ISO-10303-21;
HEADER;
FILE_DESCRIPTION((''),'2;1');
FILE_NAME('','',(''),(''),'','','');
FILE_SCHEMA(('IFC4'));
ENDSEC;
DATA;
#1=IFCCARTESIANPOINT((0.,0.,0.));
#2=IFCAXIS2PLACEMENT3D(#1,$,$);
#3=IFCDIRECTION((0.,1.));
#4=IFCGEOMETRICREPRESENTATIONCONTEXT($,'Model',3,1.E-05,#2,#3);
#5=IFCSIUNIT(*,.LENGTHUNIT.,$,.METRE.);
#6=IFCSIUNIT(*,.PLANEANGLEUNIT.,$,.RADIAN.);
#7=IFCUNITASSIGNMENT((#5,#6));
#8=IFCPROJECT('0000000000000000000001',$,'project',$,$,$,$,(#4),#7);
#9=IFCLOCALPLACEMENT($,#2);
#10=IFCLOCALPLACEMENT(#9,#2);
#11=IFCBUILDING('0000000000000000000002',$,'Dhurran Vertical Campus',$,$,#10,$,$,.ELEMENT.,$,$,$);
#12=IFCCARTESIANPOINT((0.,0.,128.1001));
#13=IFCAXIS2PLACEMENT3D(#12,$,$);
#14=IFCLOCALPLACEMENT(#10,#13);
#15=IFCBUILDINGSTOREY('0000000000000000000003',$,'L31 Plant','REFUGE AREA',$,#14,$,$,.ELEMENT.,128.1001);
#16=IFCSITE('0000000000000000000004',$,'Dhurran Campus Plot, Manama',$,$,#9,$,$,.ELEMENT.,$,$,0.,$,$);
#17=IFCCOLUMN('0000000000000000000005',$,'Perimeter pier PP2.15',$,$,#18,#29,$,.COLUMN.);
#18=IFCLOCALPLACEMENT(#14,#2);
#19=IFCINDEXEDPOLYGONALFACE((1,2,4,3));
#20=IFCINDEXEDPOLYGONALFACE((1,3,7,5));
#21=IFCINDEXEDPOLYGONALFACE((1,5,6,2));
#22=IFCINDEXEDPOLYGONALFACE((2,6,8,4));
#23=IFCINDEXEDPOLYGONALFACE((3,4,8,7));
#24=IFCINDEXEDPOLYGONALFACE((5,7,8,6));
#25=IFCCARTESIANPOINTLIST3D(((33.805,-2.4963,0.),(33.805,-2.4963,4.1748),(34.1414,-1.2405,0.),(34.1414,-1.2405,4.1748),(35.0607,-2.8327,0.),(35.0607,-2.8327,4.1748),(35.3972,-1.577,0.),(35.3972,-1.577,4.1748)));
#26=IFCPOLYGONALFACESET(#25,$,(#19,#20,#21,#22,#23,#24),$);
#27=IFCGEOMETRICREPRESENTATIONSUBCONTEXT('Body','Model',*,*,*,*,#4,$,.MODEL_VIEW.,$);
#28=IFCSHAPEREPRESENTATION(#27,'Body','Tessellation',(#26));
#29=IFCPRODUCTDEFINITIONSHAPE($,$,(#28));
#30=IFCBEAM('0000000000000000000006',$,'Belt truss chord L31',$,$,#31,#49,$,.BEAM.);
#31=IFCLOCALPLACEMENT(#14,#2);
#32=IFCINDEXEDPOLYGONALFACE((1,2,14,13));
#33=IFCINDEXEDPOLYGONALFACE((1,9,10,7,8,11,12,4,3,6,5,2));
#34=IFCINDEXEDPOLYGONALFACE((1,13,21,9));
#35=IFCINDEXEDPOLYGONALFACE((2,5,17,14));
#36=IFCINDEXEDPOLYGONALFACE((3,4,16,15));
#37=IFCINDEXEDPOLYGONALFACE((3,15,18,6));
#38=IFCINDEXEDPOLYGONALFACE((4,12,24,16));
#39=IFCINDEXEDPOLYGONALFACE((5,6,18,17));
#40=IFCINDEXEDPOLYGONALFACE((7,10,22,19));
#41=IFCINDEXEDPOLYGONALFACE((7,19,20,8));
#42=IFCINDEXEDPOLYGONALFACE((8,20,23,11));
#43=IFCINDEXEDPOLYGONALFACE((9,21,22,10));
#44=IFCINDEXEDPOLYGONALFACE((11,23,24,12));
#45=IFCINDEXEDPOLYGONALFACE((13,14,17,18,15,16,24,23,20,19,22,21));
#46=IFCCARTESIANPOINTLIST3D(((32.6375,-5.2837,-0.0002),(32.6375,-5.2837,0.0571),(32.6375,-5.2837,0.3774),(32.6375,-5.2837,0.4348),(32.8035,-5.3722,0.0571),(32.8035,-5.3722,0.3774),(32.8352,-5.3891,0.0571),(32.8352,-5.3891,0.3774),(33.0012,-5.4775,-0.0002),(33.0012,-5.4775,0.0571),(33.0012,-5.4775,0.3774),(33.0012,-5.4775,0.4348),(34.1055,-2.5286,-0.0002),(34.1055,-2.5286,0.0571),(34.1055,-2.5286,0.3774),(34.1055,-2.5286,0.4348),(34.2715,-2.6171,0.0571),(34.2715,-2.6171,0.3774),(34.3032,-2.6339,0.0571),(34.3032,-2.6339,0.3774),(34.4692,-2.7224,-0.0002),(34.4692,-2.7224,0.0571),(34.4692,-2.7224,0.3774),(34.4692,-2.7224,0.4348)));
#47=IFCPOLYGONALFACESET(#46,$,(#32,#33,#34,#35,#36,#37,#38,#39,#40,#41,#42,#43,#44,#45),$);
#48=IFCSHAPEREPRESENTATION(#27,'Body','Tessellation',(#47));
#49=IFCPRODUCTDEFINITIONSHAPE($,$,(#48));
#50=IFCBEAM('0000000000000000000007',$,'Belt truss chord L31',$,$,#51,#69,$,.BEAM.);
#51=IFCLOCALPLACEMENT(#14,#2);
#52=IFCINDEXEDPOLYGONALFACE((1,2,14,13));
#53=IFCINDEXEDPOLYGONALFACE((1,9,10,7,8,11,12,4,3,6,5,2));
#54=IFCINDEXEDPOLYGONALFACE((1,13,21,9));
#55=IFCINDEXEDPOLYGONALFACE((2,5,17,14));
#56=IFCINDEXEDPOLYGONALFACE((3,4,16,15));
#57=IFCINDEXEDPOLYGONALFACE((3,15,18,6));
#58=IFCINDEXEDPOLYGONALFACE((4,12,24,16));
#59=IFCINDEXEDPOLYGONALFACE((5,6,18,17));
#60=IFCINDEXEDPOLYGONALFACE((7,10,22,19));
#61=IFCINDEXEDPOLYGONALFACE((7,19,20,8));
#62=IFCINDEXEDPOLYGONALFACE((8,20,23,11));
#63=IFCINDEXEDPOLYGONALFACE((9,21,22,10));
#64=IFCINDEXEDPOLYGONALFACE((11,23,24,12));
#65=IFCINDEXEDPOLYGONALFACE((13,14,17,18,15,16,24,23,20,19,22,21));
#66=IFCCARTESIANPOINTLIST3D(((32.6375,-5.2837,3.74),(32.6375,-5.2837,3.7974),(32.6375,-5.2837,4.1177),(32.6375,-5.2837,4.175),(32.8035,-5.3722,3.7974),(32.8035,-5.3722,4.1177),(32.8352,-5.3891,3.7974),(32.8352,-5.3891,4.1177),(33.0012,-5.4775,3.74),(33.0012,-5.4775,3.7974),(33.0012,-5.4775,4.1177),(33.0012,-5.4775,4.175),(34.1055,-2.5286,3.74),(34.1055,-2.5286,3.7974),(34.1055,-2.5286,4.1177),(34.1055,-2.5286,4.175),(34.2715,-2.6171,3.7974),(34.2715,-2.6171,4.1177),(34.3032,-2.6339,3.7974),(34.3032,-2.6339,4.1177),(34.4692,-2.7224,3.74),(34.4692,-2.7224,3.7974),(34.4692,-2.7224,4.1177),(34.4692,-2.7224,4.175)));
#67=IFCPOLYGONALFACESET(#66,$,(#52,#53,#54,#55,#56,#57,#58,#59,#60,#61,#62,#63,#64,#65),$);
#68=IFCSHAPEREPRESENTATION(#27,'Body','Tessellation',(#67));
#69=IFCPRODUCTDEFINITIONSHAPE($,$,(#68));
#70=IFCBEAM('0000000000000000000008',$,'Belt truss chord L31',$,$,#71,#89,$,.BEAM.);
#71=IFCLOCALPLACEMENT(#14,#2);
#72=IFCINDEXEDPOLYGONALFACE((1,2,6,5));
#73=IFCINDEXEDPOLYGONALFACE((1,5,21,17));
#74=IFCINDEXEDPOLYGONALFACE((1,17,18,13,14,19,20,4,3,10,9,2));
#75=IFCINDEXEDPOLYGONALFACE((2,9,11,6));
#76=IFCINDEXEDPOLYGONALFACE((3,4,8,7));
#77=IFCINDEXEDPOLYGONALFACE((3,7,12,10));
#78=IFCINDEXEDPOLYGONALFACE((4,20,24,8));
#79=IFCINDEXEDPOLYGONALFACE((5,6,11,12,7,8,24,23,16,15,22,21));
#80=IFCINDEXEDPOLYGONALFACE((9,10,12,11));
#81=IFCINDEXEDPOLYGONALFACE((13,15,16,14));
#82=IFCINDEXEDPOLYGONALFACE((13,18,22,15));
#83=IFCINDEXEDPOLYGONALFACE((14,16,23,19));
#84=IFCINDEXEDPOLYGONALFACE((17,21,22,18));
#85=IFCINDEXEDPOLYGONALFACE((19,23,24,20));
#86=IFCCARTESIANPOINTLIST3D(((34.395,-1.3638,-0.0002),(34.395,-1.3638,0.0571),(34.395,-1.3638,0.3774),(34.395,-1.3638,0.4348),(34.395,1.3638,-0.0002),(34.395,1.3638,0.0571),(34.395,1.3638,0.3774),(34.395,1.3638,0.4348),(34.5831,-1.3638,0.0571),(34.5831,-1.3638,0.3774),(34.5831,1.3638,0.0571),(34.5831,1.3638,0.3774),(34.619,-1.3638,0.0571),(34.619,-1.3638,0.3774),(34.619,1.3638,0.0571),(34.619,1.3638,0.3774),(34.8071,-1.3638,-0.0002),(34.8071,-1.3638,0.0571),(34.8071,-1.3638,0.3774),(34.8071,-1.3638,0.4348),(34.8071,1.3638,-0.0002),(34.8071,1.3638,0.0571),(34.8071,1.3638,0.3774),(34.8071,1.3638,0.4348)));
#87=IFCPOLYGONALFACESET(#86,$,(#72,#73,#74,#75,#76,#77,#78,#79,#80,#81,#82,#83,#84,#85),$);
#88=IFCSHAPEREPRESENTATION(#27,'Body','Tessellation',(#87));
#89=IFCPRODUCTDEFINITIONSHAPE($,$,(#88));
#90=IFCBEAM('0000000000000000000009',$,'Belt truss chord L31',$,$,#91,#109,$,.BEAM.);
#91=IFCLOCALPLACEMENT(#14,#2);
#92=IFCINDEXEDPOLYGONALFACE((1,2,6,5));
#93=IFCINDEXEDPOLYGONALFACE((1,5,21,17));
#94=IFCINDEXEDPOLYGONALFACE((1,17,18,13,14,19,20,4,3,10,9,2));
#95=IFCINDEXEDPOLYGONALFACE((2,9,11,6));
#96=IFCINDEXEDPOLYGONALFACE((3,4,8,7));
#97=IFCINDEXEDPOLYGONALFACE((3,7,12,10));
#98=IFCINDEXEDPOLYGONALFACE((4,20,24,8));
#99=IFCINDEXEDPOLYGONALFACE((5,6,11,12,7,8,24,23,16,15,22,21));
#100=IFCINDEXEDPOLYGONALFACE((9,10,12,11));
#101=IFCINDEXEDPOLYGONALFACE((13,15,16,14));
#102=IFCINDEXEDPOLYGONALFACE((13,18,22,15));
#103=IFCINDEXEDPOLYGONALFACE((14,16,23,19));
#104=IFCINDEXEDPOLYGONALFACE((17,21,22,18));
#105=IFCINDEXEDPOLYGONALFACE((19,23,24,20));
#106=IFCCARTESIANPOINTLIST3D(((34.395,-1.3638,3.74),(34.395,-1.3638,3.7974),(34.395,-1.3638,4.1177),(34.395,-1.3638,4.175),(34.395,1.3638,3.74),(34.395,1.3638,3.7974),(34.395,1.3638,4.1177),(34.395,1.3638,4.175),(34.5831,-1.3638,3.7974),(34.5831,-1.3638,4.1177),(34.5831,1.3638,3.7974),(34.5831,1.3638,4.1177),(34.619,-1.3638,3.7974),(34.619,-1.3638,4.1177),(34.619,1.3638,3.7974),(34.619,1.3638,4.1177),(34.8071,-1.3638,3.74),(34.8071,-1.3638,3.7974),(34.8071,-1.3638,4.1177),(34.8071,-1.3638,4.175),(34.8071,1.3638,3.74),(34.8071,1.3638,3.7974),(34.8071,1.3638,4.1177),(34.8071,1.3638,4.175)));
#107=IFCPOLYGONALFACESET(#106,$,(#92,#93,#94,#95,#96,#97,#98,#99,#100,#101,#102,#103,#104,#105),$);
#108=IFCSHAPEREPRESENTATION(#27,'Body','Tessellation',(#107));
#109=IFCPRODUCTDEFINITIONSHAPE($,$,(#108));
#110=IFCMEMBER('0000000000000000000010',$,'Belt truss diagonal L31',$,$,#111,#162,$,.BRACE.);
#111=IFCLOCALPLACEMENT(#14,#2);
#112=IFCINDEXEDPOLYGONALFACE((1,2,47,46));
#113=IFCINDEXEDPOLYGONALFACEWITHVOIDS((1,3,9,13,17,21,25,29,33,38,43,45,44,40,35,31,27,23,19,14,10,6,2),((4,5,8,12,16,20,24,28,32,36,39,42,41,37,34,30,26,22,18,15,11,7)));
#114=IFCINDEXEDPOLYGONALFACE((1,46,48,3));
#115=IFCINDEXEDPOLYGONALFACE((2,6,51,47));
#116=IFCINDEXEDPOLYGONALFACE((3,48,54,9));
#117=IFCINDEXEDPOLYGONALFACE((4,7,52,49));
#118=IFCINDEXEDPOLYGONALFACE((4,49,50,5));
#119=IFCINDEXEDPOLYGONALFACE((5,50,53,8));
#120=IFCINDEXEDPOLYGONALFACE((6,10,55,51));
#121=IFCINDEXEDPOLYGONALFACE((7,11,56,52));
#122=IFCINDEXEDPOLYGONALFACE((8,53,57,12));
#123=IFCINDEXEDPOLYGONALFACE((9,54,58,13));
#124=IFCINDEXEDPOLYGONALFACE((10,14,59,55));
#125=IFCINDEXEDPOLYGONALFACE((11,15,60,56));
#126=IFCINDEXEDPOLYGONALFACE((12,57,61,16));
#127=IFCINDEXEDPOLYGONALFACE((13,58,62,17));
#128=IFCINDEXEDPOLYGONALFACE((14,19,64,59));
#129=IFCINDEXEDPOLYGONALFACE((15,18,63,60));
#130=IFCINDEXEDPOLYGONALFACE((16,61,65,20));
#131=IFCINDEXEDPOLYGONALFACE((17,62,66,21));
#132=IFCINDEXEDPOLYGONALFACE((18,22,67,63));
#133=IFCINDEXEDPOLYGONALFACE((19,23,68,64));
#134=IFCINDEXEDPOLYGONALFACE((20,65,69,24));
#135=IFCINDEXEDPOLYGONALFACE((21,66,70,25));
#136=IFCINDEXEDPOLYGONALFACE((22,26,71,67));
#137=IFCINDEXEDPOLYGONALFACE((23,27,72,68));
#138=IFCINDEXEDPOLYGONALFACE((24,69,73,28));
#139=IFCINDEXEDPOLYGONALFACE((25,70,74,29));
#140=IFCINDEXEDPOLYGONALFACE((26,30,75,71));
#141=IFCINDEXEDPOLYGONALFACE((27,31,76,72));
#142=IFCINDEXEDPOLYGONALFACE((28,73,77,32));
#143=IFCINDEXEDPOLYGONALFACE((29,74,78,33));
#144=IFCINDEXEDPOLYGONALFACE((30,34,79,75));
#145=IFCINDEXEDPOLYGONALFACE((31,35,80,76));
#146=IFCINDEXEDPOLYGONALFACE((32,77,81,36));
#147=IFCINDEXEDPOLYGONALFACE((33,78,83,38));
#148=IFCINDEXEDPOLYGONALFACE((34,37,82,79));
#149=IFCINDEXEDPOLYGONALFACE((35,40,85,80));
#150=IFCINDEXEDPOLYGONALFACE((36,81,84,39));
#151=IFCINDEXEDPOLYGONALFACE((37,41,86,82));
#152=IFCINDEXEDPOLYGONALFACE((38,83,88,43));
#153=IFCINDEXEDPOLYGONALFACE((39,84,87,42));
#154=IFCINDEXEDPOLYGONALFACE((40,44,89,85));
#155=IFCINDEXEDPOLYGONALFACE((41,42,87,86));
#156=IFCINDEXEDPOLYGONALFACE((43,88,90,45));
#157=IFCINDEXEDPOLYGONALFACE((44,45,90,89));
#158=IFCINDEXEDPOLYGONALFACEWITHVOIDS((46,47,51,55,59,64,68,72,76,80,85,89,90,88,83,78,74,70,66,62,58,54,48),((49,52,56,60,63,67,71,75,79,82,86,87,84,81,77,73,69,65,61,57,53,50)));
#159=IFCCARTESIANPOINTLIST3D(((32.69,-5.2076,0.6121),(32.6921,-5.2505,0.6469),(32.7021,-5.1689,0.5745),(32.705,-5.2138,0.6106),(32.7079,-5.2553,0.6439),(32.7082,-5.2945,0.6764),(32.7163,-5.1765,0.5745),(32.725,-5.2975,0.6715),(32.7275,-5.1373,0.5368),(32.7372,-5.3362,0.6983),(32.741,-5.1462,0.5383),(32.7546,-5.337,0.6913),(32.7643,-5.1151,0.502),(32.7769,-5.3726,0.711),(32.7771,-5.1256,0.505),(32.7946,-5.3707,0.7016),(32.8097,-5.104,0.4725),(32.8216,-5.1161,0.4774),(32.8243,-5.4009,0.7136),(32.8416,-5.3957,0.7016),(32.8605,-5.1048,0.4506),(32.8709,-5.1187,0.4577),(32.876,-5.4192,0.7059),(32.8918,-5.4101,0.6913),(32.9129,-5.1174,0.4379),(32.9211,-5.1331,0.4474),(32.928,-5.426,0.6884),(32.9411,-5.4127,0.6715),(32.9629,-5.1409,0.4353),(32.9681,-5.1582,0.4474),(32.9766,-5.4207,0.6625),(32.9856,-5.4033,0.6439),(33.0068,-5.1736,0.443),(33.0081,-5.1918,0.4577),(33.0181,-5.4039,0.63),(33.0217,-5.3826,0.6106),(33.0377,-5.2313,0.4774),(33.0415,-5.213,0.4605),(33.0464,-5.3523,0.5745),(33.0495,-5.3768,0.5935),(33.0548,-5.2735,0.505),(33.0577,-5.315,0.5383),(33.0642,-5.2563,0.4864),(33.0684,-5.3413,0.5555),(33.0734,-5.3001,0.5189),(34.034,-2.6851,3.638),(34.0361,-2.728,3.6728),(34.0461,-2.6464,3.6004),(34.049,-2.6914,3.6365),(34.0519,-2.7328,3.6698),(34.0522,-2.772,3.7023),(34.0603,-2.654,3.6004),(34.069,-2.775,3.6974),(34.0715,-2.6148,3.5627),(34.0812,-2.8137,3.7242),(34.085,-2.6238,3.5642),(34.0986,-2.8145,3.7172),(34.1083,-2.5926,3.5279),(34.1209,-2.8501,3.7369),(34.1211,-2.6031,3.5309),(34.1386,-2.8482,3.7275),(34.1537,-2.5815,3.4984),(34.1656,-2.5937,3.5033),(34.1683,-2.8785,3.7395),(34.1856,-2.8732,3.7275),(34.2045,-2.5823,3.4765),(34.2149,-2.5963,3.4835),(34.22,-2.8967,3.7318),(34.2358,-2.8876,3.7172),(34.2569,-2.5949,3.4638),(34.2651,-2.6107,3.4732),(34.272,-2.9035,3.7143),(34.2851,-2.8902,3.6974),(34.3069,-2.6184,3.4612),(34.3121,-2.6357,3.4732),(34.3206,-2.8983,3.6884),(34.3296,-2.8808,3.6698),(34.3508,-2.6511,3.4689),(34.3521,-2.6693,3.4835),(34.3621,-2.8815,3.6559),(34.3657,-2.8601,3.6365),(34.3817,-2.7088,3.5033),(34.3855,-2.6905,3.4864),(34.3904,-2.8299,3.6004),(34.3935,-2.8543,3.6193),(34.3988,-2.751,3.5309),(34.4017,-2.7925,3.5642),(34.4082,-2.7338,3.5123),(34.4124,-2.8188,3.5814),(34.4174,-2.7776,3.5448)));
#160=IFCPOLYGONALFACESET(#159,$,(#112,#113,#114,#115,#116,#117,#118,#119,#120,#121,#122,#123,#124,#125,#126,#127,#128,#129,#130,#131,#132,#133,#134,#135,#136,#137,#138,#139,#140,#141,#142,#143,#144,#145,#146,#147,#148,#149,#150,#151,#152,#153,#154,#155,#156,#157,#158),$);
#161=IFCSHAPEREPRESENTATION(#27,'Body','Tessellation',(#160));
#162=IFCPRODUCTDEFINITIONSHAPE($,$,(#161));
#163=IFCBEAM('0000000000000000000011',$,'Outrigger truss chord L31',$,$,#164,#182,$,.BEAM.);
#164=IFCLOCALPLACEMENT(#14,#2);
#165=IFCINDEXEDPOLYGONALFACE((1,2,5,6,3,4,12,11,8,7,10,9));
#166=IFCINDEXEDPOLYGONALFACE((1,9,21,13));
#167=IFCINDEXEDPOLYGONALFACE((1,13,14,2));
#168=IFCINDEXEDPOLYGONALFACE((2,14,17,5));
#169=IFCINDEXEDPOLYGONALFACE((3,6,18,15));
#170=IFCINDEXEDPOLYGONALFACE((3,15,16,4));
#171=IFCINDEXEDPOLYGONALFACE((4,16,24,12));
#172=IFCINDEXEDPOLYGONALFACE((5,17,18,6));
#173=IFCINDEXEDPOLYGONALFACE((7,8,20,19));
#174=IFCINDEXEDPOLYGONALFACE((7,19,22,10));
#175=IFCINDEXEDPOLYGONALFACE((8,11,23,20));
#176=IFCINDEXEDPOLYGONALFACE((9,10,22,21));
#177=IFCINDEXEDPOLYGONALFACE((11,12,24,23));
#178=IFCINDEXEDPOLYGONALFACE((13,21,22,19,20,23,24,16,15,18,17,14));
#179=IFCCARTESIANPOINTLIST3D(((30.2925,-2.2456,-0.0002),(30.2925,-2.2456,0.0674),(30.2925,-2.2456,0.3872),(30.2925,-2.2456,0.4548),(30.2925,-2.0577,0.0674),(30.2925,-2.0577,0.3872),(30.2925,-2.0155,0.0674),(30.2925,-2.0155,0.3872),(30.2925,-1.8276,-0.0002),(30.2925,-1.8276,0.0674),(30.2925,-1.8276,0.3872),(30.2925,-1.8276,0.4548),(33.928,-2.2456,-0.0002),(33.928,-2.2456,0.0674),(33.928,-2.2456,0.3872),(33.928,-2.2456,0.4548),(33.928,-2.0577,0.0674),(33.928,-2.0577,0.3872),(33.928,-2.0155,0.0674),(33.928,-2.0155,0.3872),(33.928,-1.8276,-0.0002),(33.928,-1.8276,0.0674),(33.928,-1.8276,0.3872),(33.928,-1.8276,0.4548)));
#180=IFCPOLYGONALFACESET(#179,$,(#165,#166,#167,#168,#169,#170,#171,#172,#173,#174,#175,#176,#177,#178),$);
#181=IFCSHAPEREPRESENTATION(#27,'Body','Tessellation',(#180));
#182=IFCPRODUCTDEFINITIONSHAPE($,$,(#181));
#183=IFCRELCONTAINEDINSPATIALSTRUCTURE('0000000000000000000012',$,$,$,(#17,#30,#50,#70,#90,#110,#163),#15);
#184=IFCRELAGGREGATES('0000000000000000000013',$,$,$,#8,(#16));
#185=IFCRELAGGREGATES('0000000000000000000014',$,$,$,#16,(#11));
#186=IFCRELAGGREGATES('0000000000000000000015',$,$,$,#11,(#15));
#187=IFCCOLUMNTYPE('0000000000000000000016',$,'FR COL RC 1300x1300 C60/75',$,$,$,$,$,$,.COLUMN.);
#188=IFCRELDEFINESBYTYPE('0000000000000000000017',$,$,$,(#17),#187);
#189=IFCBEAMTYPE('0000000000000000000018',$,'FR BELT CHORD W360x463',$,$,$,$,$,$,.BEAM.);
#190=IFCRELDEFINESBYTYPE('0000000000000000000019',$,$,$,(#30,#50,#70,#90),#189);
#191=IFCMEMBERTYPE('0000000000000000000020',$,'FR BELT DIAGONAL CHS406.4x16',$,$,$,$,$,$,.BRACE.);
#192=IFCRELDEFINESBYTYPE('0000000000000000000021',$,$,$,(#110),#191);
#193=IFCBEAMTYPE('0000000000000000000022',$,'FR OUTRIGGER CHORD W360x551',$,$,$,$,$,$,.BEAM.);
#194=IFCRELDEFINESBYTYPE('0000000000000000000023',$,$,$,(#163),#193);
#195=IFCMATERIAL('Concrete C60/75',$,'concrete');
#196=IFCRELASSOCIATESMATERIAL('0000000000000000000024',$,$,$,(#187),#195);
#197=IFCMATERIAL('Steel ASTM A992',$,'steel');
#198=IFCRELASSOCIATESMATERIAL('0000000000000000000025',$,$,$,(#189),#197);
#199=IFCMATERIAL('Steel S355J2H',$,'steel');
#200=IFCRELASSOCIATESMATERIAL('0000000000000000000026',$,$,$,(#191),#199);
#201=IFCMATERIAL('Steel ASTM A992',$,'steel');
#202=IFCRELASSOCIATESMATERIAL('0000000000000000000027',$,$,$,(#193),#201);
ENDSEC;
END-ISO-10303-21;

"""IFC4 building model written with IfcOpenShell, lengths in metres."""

from ifc_helpers import new_model, si_unit, direction, frame, origin, origin_2d, place, context, subcontext, project, spatial, rectangle, hollow_circle, i_section, extrude, material, material_profile, profile_set, type_object, element, save


model = new_model("IFC4")

# Units and contexts
model_context = context("Model", 3, precision=1e-05, world=origin(), true_north=direction((0.0, 1.0)))
body_context = subcontext(model_context, "Body", "Model", "MODEL_VIEW")
ifc_project = project(units=[si_unit("LENGTHUNIT", "METRE"), si_unit("PLANEANGLEUNIT", "RADIAN")], contexts=[model_context])

# Site, building, storey
site_placement = place(None, origin())
site = spatial("IfcSite", under=ifc_project, at=site_placement, Name="Dhurran Campus Plot, Manama", CompositionType="ELEMENT", RefElevation=0.0)
building_placement = place(site_placement, origin())
building = spatial("IfcBuilding", under=site, at=building_placement, Name="Dhurran Vertical Campus", CompositionType="ELEMENT")
storey_placement = place(building_placement, frame((0.0, 0.0, 128.1001)))
storey = spatial("IfcBuildingStorey", under=building, at=storey_placement, Name="L31 Plant", Description="REFUGE AREA", CompositionType="ELEMENT", Elevation=128.1001)

# Column
ifc_material_1 = material(Name="Concrete C60/75", Category="concrete")
ifc_material_profile_1 = material_profile(ifc_material_1, rectangle(XDim=1.3, YDim=1.3, at=origin_2d()), Name="RC 1300x1300")
ifc_profile_set_1 = profile_set([ifc_material_profile_1], Name="Concrete C60/75")
column_type = type_object("IfcColumnType", Name="FR COL RC 1300x1300 C60/75", PredefinedType="COLUMN", material=ifc_profile_set_1)
column_placement = place(storey_placement, frame((34.6011, -2.0366, 0.0), z_axis=(0.0, 0.0, 1.0), x_axis=(0.258819, 0.965926, 0.0)))
element("IfcColumn", 1, at=column_placement, inside=storey, type_object=column_type, Name="Perimeter pier PP2.15", PredefinedType="COLUMN", context=body_context, shape_type="SweptSolid", body=[
    extrude(rectangle(XDim=1.3, YDim=1.3, at=origin_2d()), origin(), (0.0, 0.0, 1.0), 4.1748),
])

# Beams
ifc_material_2 = material(Name="Steel ASTM A992", Category="steel")
ifc_material_profile_2 = material_profile(ifc_material_2, i_section(OverallWidth=0.4121, OverallDepth=0.4351, WebThickness=0.0359, FlangeThickness=0.0574, at=origin_2d()), Name="W360x463")
ifc_profile_set_2 = profile_set([ifc_material_profile_2], Name="Steel ASTM A992")
beam_type_1 = type_object("IfcBeamType", Name="FR BELT CHORD W360x463", PredefinedType="BEAM", material=ifc_profile_set_2)
for number, where, z_axis, x_axis, name in (
    (2, (32.8193, -5.3806, 0.2173), (0.470243, 0.882537, 0.0), (-0.882537, 0.470243, 0.0), "Belt truss chord L31"),
    (3, (32.8193, -5.3806, 3.9575), (0.470243, 0.882537, 0.0), (-0.882537, 0.470243, 0.0), "Belt truss chord L31"),
):
    element("IfcBeam", number, at=place(storey_placement, frame(where, z_axis=z_axis, x_axis=x_axis)), inside=storey, type_object=beam_type_1, Name=name, PredefinedType="BEAM", context=body_context, shape_type="SweptSolid", body=[
        extrude(i_section(OverallWidth=0.4121, OverallDepth=0.4351, WebThickness=0.0359, FlangeThickness=0.0574, at=origin_2d()), origin(), (0.0, 0.0, 1.0), 3.1218),
    ])
for number, where, z_axis, x_axis, name in (
    (4, (34.6011, -1.3638, 0.2173), (0.0, 1.0, 0.0), (-1.0, 0.0, 0.0), "Belt truss chord L31"),
    (5, (34.6011, -1.3638, 3.9575), (0.0, 1.0, 0.0), (-1.0, 0.0, 0.0), "Belt truss chord L31"),
):
    element("IfcBeam", number, at=place(storey_placement, frame(where, z_axis=z_axis, x_axis=x_axis)), inside=storey, type_object=beam_type_1, Name=name, PredefinedType="BEAM", context=body_context, shape_type="SweptSolid", body=[
        extrude(i_section(OverallWidth=0.4121, OverallDepth=0.4351, WebThickness=0.0359, FlangeThickness=0.0574, at=origin_2d()), origin(), (0.0, 0.0, 1.0), 2.7275),
    ])

# Member
ifc_material_3 = material(Name="Steel S355J2H", Category="steel")
ifc_material_profile_3 = material_profile(ifc_material_3, hollow_circle(Radius=0.2031, WallThickness=0.0161, at=origin_2d()), Name="CHS406.4x16")
ifc_profile_set_3 = profile_set([ifc_material_profile_3], Name="Steel S355J2H")
member_type_1 = type_object("IfcMemberType", Name="FR BELT DIAGONAL CHS406.4x16", PredefinedType="BRACE", material=ifc_profile_set_3)
member_1_placement = place(storey_placement, frame((32.8813, -5.2644, 0.5745), z_axis=(0.322894, 0.60602, 0.726966), x_axis=(-0.882544, 0.470229, 0.0)))
element("IfcMember", 6, at=member_1_placement, inside=storey, type_object=member_type_1, Name="Belt truss diagonal L31", PredefinedType="BRACE", context=body_context, shape_type="SweptSolid", body=[
    extrude(hollow_circle(Radius=0.2031, WallThickness=0.0161, at=origin_2d()), origin(), (0.0, 0.0, 1.0), 4.1624),
])

# Beam
ifc_material_4 = material(Name="Steel ASTM A992", Category="steel")
ifc_material_profile_4 = material_profile(ifc_material_4, i_section(OverallWidth=0.418, OverallDepth=0.4551, WebThickness=0.0422, FlangeThickness=0.0676, at=origin_2d()), Name="W360x551")
ifc_profile_set_4 = profile_set([ifc_material_profile_4], Name="Steel ASTM A992")
beam_type_2 = type_object("IfcBeamType", Name="FR OUTRIGGER CHORD W360x551", PredefinedType="BEAM", material=ifc_profile_set_4)
for number, where, z_axis, x_axis, name in (
    (7, (30.2925, -2.0366, 0.2273), (1.0, 0.0, 0.0), (0.0, 1.0, 0.0), "Outrigger truss chord L31"),
):
    element("IfcBeam", number, at=place(storey_placement, frame(where, z_axis=z_axis, x_axis=x_axis)), inside=storey, type_object=beam_type_2, Name=name, PredefinedType="BEAM", context=body_context, shape_type="SweptSolid", body=[
        extrude(i_section(OverallWidth=0.418, OverallDepth=0.4551, WebThickness=0.0422, FlangeThickness=0.0676, at=origin_2d()), origin(), (0.0, 0.0, 1.0), 3.6355),
    ])

save(model, "model.ifc")
